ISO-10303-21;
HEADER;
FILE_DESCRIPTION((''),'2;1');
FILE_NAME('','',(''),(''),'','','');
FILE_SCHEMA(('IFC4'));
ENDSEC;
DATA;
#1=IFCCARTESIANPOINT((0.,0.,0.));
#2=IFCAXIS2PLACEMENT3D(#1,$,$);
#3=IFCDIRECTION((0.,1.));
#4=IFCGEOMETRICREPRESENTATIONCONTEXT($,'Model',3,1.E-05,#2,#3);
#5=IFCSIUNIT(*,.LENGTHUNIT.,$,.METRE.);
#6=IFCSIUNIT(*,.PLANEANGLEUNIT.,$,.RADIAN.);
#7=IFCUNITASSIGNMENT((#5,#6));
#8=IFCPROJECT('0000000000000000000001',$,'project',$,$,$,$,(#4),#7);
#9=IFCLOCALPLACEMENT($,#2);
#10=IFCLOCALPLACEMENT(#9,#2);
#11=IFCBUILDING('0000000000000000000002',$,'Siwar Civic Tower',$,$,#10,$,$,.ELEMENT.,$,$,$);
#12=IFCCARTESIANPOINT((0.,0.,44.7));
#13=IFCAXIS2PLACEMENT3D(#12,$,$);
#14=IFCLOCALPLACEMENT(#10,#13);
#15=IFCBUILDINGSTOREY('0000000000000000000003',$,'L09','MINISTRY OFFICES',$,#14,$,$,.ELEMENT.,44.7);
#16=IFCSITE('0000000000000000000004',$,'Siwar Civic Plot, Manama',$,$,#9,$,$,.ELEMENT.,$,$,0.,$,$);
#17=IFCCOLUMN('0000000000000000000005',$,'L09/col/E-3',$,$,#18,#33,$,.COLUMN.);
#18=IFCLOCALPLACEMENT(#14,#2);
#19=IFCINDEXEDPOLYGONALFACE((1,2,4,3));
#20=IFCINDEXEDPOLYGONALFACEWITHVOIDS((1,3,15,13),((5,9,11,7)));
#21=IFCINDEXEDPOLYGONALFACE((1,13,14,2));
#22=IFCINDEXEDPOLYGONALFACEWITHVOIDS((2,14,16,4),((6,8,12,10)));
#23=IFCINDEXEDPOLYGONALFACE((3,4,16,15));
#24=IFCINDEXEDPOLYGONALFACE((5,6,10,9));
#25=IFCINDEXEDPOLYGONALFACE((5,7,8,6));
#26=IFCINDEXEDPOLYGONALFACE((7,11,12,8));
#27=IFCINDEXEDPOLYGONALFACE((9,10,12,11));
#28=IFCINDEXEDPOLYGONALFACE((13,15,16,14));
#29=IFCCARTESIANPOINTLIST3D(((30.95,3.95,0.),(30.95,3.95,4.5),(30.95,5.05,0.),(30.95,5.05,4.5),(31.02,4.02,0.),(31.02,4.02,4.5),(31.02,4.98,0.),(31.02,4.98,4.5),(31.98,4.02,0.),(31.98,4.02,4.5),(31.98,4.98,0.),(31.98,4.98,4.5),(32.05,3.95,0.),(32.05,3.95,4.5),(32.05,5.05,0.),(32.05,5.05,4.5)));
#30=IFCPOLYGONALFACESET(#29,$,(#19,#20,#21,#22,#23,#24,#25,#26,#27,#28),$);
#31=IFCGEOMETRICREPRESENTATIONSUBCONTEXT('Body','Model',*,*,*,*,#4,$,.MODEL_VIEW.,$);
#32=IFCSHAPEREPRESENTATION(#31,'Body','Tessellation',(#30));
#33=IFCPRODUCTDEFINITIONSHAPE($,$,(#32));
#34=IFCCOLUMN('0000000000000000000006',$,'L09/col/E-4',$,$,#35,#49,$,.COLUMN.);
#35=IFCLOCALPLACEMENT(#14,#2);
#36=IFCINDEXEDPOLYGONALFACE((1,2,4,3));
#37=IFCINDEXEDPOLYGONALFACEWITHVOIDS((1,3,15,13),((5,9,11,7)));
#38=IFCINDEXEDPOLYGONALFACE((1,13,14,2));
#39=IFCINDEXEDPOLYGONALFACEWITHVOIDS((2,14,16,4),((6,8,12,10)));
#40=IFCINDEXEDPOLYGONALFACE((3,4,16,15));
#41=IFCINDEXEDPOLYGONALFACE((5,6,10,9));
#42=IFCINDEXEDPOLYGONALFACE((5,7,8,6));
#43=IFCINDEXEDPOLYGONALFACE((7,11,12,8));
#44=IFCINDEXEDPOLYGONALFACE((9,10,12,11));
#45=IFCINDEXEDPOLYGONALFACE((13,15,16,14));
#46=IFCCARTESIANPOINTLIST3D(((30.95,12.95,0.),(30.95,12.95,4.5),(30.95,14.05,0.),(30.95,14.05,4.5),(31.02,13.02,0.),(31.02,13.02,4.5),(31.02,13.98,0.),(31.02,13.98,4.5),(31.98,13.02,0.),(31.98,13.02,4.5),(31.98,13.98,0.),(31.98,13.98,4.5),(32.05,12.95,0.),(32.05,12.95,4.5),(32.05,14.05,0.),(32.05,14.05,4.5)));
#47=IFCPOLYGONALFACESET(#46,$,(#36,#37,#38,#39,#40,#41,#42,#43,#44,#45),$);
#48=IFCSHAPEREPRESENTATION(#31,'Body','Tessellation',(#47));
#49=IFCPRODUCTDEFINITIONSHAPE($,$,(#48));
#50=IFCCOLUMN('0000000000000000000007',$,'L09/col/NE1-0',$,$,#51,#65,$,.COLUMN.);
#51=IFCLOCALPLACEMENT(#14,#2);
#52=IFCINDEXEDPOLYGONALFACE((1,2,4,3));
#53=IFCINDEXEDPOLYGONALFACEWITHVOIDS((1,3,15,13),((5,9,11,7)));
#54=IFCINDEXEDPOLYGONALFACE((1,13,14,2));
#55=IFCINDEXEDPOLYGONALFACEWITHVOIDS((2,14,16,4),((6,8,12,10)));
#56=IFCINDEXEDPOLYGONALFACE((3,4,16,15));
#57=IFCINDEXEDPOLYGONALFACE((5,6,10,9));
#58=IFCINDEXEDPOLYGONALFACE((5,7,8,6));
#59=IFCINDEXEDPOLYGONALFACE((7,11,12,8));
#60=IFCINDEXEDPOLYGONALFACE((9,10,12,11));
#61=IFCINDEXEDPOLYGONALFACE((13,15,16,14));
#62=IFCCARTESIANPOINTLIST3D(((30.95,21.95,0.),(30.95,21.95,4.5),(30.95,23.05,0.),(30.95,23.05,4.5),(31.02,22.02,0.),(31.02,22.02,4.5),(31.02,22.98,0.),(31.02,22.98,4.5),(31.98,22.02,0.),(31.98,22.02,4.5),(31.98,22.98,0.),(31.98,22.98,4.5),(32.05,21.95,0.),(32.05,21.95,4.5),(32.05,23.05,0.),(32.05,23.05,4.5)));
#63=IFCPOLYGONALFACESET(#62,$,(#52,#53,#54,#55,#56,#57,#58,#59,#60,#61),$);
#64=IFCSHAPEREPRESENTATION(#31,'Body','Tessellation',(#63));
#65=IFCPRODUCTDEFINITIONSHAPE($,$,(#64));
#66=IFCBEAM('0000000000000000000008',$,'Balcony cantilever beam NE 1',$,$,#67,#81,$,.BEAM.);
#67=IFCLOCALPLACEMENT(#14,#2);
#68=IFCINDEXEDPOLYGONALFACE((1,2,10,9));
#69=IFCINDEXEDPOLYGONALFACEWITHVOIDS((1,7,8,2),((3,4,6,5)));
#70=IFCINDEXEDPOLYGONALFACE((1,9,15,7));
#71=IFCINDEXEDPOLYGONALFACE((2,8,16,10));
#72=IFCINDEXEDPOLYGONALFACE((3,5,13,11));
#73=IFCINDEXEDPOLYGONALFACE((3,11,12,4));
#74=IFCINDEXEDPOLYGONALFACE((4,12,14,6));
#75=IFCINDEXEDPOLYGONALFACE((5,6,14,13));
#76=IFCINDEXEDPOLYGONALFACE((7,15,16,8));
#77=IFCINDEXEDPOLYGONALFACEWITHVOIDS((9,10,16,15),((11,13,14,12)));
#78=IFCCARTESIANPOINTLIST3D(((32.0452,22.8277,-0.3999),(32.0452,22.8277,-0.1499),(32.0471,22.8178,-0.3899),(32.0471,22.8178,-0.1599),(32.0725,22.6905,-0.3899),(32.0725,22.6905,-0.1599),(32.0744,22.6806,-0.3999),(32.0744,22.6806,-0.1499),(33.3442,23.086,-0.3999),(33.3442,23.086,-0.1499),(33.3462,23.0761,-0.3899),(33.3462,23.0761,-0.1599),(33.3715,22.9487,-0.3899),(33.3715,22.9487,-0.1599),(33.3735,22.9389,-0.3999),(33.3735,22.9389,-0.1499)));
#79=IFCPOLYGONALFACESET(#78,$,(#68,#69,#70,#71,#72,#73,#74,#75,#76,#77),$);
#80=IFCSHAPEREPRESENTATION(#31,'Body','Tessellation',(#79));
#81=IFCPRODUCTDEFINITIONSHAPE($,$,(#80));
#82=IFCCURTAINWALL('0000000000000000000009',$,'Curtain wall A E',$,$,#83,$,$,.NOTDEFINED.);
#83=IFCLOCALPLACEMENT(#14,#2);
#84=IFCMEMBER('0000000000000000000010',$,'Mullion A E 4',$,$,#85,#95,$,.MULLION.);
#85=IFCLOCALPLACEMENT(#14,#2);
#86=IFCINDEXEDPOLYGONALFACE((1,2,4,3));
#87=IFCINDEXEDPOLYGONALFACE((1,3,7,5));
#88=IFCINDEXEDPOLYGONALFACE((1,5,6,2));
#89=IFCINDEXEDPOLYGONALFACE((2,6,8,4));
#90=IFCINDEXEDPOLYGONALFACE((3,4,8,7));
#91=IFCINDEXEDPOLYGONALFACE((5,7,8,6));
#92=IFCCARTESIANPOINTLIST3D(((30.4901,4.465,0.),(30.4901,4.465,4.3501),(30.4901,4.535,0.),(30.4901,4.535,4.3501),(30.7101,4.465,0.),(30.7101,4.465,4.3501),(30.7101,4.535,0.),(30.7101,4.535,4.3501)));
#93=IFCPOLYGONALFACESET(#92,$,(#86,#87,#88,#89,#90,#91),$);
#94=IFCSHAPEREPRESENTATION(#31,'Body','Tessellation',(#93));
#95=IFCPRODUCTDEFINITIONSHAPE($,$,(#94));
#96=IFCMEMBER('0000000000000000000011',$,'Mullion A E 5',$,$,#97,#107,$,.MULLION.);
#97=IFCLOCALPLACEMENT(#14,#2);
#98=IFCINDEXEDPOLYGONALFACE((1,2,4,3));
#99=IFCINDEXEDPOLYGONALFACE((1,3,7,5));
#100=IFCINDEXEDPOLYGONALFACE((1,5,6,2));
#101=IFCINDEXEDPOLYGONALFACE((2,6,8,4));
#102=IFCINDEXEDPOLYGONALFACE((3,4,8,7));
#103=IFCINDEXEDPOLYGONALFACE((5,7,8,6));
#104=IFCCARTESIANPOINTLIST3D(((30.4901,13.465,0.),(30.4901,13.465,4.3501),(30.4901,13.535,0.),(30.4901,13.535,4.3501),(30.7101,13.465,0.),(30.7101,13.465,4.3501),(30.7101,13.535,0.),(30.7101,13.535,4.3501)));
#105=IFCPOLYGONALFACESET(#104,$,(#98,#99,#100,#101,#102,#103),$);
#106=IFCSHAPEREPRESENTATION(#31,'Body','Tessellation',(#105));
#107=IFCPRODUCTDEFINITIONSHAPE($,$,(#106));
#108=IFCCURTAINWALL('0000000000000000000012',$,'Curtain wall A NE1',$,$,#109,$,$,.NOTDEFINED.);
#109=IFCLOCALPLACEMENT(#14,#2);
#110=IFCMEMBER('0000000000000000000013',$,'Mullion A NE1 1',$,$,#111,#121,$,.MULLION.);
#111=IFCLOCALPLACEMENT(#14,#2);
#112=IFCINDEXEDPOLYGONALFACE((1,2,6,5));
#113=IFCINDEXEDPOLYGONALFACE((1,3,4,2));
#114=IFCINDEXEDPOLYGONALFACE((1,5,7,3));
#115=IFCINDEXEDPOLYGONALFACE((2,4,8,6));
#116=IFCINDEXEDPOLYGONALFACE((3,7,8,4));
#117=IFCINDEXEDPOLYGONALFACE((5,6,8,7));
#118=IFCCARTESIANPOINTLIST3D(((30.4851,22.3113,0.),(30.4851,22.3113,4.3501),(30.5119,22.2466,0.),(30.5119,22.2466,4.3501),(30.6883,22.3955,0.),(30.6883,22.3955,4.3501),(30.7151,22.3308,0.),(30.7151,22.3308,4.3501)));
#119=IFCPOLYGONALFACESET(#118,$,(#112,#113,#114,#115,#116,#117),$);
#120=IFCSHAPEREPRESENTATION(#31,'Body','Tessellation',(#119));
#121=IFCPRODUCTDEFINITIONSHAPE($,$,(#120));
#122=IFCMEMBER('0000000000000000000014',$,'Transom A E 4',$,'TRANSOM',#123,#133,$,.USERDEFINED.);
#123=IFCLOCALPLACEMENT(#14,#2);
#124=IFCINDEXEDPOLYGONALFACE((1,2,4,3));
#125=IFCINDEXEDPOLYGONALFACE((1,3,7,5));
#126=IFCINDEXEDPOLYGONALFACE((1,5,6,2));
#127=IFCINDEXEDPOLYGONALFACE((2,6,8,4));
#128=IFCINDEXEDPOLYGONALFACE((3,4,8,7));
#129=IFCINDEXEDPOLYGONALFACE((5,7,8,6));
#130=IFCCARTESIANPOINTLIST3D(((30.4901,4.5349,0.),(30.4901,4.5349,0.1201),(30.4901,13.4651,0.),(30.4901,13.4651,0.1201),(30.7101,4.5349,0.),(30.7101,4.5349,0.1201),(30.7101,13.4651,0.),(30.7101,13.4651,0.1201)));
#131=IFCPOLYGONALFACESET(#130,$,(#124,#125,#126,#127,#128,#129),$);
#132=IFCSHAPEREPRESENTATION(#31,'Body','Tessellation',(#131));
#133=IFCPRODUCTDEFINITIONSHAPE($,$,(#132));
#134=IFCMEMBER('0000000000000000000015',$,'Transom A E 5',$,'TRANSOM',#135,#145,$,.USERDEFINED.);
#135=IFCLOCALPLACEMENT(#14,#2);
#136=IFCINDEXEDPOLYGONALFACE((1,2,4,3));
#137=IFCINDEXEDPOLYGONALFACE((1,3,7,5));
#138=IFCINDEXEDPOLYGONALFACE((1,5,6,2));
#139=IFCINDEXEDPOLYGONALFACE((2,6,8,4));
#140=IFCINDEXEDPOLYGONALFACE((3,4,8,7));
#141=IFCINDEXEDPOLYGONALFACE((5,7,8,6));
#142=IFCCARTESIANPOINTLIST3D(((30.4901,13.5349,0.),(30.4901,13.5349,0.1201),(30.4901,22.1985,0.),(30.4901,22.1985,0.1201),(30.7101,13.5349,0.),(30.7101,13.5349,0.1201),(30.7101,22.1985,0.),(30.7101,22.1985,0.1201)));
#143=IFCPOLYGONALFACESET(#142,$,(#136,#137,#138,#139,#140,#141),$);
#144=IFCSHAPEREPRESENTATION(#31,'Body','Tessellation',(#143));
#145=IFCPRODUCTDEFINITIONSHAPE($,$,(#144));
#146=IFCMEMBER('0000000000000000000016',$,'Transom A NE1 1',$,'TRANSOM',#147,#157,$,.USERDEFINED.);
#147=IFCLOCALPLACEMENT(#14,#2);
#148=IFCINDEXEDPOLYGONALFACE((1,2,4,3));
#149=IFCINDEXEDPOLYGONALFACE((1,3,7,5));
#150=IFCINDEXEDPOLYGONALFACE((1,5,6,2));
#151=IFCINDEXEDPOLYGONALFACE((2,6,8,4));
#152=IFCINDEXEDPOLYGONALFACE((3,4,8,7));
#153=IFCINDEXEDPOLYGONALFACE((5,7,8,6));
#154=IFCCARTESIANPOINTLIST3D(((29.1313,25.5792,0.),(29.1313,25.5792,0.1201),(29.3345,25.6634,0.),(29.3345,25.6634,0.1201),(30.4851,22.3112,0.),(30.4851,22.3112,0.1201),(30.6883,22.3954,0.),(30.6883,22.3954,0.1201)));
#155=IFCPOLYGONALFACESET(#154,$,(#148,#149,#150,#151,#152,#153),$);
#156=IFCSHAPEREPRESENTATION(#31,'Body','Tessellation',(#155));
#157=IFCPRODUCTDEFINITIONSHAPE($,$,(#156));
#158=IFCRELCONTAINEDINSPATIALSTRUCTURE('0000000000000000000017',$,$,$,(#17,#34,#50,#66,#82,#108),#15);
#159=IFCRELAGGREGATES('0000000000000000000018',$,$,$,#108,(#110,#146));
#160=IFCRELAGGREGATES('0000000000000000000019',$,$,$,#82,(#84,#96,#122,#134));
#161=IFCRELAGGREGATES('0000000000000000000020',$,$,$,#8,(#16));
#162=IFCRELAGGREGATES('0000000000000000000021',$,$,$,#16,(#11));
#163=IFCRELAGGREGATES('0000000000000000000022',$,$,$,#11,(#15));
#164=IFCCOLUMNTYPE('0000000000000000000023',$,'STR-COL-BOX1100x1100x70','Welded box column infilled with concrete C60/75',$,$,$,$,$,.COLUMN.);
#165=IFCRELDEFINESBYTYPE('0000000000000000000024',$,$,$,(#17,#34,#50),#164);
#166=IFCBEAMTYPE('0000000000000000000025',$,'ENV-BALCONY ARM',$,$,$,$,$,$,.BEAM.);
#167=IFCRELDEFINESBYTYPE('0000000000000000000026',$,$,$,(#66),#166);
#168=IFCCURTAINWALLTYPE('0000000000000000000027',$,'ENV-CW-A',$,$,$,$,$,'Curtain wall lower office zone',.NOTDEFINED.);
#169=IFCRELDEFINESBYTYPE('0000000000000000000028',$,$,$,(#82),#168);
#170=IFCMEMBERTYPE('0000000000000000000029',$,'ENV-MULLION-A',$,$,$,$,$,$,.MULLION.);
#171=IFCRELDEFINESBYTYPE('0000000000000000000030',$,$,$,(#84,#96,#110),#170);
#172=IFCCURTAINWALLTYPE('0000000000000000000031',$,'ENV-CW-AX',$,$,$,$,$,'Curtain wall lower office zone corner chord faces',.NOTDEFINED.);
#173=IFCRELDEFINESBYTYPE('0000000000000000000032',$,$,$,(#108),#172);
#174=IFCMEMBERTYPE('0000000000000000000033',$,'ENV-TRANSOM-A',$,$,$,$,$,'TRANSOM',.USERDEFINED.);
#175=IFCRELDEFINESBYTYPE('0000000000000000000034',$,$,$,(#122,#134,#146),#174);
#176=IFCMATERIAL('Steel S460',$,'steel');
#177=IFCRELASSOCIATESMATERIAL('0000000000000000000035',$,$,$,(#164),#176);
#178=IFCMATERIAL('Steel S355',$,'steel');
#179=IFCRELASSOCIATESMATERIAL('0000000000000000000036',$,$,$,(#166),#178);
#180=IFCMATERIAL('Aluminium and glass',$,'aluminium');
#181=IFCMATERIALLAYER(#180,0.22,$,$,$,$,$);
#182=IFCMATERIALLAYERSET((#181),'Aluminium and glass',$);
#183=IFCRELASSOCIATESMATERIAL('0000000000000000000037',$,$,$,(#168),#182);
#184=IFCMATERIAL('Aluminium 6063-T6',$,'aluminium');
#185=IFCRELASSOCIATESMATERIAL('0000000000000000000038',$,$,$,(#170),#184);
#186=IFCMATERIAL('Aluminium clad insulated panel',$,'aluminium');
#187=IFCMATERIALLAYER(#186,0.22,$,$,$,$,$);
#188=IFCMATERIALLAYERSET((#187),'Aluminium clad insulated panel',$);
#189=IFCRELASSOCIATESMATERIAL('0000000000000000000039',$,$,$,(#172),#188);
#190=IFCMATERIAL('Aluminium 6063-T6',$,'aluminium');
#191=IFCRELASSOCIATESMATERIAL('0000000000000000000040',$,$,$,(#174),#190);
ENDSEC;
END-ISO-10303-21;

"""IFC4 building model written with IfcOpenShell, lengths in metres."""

from ifc_helpers import new_model, si_unit, direction, frame, origin, origin_2d, place, context, subcontext, project, spatial, rectangle, hollow_rectangle, extrude, material, layer, layer_set, material_profile, profile_set, type_object, element, aggregate, save


model = new_model("IFC4")

# Units and contexts
model_context = context("Model", 3, precision=1e-05, world=origin(), true_north=direction((0.0, 1.0)))
body_context = subcontext(model_context, "Body", "Model", "MODEL_VIEW")
ifc_project = project(units=[si_unit("LENGTHUNIT", "METRE"), si_unit("PLANEANGLEUNIT", "RADIAN")], contexts=[model_context])

# Site, building, storey
site_placement = place(None, origin())
site = spatial("IfcSite", under=ifc_project, at=site_placement, Name="Siwar Civic Plot, Manama", CompositionType="ELEMENT", RefElevation=0.0)
building_placement = place(site_placement, origin())
building = spatial("IfcBuilding", under=site, at=building_placement, Name="Siwar Civic Tower", CompositionType="ELEMENT")
storey_placement = place(building_placement, frame((0.0, 0.0, 44.7)))
storey = spatial("IfcBuildingStorey", under=building, at=storey_placement, Name="L09", Description="MINISTRY OFFICES", CompositionType="ELEMENT", Elevation=44.7)

# Columns
ifc_material_1 = material(Name="Steel S460", Category="steel")
ifc_material_profile_1 = material_profile(ifc_material_1, hollow_rectangle(XDim=1.1001, YDim=1.1001, WallThickness=0.0701, at=origin_2d()), Name="BOX1100x1100x70")
ifc_profile_set_1 = profile_set([ifc_material_profile_1], Name="Steel S460")
column_type = type_object("IfcColumnType", Name="STR-COL-BOX1100x1100x70", Description="Welded box column infilled with concrete C60/75", PredefinedType="COLUMN", material=ifc_profile_set_1)
for number, where, z_axis, x_axis, name in (
    (1, (31.5, 4.5, 0.0), (0.0, 0.0, 1.0), (1.0, 0.0, 0.0), "L09/col/E-3"),
    (2, (31.5, 13.5, 0.0), (0.0, 0.0, 1.0), (1.0, 0.0, 0.0), "L09/col/E-4"),
    (3, (31.5, 22.5, 0.0), (0.0, 0.0, 1.0), (1.0, 0.0, 0.0), "L09/col/NE1-0"),
):
    element("IfcColumn", number, at=place(storey_placement, frame(where, z_axis=z_axis, x_axis=x_axis)), inside=storey, type_object=column_type, Name=name, PredefinedType="COLUMN", context=body_context, shape_type="SweptSolid", body=[
        extrude(hollow_rectangle(XDim=1.1001, YDim=1.1001, WallThickness=0.0701, at=origin_2d()), origin(), (0.0, 0.0, 1.0), 4.5),
    ])

# Beam
ifc_material_2 = material(Name="Steel S355", Category="steel")
ifc_material_profile_2 = material_profile(ifc_material_2, hollow_rectangle(XDim=0.1499, YDim=0.25, WallThickness=0.01, at=origin_2d()), Name="RHS250x150x10")
ifc_profile_set_2 = profile_set([ifc_material_profile_2], Name="Steel S355")
beam_type_1 = type_object("IfcBeamType", Name="ENV-BALCONY ARM", PredefinedType="BEAM", material=ifc_profile_set_2)
beam_1_placement = place(storey_placement, frame((32.0598, 22.7542, -0.2749), z_axis=(0.9808, 0.195017, 0.0), x_axis=(-0.195017, 0.9808, 0.0)))
element("IfcBeam", 4, at=beam_1_placement, inside=storey, type_object=beam_type_1, Name="Balcony cantilever beam NE 1", PredefinedType="BEAM", context=body_context, shape_type="SweptSolid", body=[
    extrude(hollow_rectangle(XDim=0.1499, YDim=0.25, WallThickness=0.01, at=origin_2d()), origin(), (0.0, 0.0, 1.0), 1.3245),
])

# Curtain wall, members
ifc_material_3 = material(Name="Aluminium and glass", Category="aluminium")
ifc_layer_1 = layer(ifc_material_3, 0.22)
ifc_layer_set_1 = layer_set([ifc_layer_1], Name="Aluminium and glass")
curtain_wall_type_1 = type_object("IfcCurtainWallType", Name="ENV-CW-A", ElementType="Curtain wall lower office zone", PredefinedType="NOTDEFINED", material=ifc_layer_set_1)
curtain_wall_1_placement = place(storey_placement, origin())
curtain_wall_1 = element("IfcCurtainWall", 5, at=curtain_wall_1_placement, inside=storey, type_object=curtain_wall_type_1, Name="Curtain wall A E", PredefinedType="NOTDEFINED")
ifc_material_4 = material(Name="Aluminium 6063-T6", Category="aluminium")
ifc_material_profile_3 = material_profile(ifc_material_4, rectangle(XDim=0.22, YDim=0.0701, at=origin_2d()), Name="AL 220x70")
ifc_profile_set_3 = profile_set([ifc_material_profile_3], Name="Aluminium 6063-T6")
member_type_1 = type_object("IfcMemberType", Name="ENV-MULLION-A", PredefinedType="MULLION", material=ifc_profile_set_3)
member_1_placement = place(storey_placement, frame((30.6001, 4.5, 0.0), z_axis=(0.0, 0.0, 1.0), x_axis=(-1.0, 0.0, 0.0)))
member_1 = element("IfcMember", 6, at=member_1_placement, type_object=member_type_1, Name="Mullion A E 4", PredefinedType="MULLION", context=body_context, shape_type="SweptSolid", body=[
    extrude(rectangle(XDim=0.22, YDim=0.0701, at=origin_2d()), origin(), (0.0, 0.0, 1.0), 4.3501),
])
member_2_placement = place(storey_placement, frame((30.6001, 13.5, 0.0), z_axis=(0.0, 0.0, 1.0), x_axis=(-1.0, 0.0, 0.0)))
member_2 = element("IfcMember", 7, at=member_2_placement, type_object=member_type_1, Name="Mullion A E 5", PredefinedType="MULLION", context=body_context, shape_type="SweptSolid", body=[
    extrude(rectangle(XDim=0.22, YDim=0.0701, at=origin_2d()), origin(), (0.0, 0.0, 1.0), 4.3501),
])

# Curtain wall, member
ifc_material_5 = material(Name="Aluminium clad insulated panel", Category="aluminium")
ifc_layer_2 = layer(ifc_material_5, 0.22)
ifc_layer_set_2 = layer_set([ifc_layer_2], Name="Aluminium clad insulated panel")
curtain_wall_type_2 = type_object("IfcCurtainWallType", Name="ENV-CW-AX", ElementType="Curtain wall lower office zone corner chord faces", PredefinedType="NOTDEFINED", material=ifc_layer_set_2)
curtain_wall_2_placement = place(storey_placement, origin())
curtain_wall_2 = element("IfcCurtainWall", 8, at=curtain_wall_2_placement, inside=storey, type_object=curtain_wall_type_2, Name="Curtain wall A NE1", PredefinedType="NOTDEFINED")
member_3_placement = place(storey_placement, frame((30.6001, 22.321, 0.0), z_axis=(0.0, 0.0, 1.0), x_axis=(-0.92388, -0.382683, 0.0)))
member_3 = element("IfcMember", 9, at=member_3_placement, type_object=member_type_1, Name="Mullion A NE1 1", PredefinedType="MULLION", context=body_context, shape_type="SweptSolid", body=[
    extrude(rectangle(XDim=0.22, YDim=0.0701, at=origin_2d()), origin(), (0.0, 0.0, 1.0), 4.3501),
])

# Members
ifc_material_6 = material(Name="Aluminium 6063-T6", Category="aluminium")
ifc_material_profile_4 = material_profile(ifc_material_6, rectangle(XDim=0.22, YDim=0.1201, at=origin_2d()), Name="AL 220x120")
ifc_profile_set_4 = profile_set([ifc_material_profile_4], Name="Aluminium 6063-T6")
member_type_2 = type_object("IfcMemberType", Name="ENV-TRANSOM-A", ElementType="TRANSOM", PredefinedType="USERDEFINED", material=ifc_profile_set_4)
member_4_placement = place(storey_placement, frame((30.6001, 4.5349, 0.0601), z_axis=(0.0, 1.0, 0.0), x_axis=(-1.0, 0.0, 0.0)))
member_4 = element("IfcMember", 10, at=member_4_placement, type_object=member_type_2, Name="Transom A E 4", ObjectType="TRANSOM", PredefinedType="USERDEFINED", context=body_context, shape_type="SweptSolid", body=[
    extrude(rectangle(XDim=0.22, YDim=0.1201, at=origin_2d()), origin(), (0.0, 0.0, 1.0), 8.9302),
])
member_5_placement = place(storey_placement, frame((30.6001, 13.5349, 0.0601), z_axis=(0.0, 1.0, 0.0), x_axis=(-1.0, 0.0, 0.0)))
member_5 = element("IfcMember", 11, at=member_5_placement, type_object=member_type_2, Name="Transom A E 5", ObjectType="TRANSOM", PredefinedType="USERDEFINED", context=body_context, shape_type="SweptSolid", body=[
    extrude(rectangle(XDim=0.22, YDim=0.1201, at=origin_2d()), origin(), (0.0, 0.0, 1.0), 8.6636),
])
member_6_placement = place(storey_placement, frame((30.5867, 22.3533, 0.0601), z_axis=(-0.382703, 0.923871, 0.0), x_axis=(-0.923871, -0.382703, 0.0)))
member_6 = element("IfcMember", 12, at=member_6_placement, type_object=member_type_2, Name="Transom A NE1 1", ObjectType="TRANSOM", PredefinedType="USERDEFINED", context=body_context, shape_type="SweptSolid", body=[
    extrude(rectangle(XDim=0.22, YDim=0.1201, at=origin_2d()), origin(), (0.0, 0.0, 1.0), 3.5374),
])
aggregate(curtain_wall_2, [member_3, member_6])

aggregate(curtain_wall_1, [member_1, member_2, member_4, member_5])

save(model, "model.ifc")
